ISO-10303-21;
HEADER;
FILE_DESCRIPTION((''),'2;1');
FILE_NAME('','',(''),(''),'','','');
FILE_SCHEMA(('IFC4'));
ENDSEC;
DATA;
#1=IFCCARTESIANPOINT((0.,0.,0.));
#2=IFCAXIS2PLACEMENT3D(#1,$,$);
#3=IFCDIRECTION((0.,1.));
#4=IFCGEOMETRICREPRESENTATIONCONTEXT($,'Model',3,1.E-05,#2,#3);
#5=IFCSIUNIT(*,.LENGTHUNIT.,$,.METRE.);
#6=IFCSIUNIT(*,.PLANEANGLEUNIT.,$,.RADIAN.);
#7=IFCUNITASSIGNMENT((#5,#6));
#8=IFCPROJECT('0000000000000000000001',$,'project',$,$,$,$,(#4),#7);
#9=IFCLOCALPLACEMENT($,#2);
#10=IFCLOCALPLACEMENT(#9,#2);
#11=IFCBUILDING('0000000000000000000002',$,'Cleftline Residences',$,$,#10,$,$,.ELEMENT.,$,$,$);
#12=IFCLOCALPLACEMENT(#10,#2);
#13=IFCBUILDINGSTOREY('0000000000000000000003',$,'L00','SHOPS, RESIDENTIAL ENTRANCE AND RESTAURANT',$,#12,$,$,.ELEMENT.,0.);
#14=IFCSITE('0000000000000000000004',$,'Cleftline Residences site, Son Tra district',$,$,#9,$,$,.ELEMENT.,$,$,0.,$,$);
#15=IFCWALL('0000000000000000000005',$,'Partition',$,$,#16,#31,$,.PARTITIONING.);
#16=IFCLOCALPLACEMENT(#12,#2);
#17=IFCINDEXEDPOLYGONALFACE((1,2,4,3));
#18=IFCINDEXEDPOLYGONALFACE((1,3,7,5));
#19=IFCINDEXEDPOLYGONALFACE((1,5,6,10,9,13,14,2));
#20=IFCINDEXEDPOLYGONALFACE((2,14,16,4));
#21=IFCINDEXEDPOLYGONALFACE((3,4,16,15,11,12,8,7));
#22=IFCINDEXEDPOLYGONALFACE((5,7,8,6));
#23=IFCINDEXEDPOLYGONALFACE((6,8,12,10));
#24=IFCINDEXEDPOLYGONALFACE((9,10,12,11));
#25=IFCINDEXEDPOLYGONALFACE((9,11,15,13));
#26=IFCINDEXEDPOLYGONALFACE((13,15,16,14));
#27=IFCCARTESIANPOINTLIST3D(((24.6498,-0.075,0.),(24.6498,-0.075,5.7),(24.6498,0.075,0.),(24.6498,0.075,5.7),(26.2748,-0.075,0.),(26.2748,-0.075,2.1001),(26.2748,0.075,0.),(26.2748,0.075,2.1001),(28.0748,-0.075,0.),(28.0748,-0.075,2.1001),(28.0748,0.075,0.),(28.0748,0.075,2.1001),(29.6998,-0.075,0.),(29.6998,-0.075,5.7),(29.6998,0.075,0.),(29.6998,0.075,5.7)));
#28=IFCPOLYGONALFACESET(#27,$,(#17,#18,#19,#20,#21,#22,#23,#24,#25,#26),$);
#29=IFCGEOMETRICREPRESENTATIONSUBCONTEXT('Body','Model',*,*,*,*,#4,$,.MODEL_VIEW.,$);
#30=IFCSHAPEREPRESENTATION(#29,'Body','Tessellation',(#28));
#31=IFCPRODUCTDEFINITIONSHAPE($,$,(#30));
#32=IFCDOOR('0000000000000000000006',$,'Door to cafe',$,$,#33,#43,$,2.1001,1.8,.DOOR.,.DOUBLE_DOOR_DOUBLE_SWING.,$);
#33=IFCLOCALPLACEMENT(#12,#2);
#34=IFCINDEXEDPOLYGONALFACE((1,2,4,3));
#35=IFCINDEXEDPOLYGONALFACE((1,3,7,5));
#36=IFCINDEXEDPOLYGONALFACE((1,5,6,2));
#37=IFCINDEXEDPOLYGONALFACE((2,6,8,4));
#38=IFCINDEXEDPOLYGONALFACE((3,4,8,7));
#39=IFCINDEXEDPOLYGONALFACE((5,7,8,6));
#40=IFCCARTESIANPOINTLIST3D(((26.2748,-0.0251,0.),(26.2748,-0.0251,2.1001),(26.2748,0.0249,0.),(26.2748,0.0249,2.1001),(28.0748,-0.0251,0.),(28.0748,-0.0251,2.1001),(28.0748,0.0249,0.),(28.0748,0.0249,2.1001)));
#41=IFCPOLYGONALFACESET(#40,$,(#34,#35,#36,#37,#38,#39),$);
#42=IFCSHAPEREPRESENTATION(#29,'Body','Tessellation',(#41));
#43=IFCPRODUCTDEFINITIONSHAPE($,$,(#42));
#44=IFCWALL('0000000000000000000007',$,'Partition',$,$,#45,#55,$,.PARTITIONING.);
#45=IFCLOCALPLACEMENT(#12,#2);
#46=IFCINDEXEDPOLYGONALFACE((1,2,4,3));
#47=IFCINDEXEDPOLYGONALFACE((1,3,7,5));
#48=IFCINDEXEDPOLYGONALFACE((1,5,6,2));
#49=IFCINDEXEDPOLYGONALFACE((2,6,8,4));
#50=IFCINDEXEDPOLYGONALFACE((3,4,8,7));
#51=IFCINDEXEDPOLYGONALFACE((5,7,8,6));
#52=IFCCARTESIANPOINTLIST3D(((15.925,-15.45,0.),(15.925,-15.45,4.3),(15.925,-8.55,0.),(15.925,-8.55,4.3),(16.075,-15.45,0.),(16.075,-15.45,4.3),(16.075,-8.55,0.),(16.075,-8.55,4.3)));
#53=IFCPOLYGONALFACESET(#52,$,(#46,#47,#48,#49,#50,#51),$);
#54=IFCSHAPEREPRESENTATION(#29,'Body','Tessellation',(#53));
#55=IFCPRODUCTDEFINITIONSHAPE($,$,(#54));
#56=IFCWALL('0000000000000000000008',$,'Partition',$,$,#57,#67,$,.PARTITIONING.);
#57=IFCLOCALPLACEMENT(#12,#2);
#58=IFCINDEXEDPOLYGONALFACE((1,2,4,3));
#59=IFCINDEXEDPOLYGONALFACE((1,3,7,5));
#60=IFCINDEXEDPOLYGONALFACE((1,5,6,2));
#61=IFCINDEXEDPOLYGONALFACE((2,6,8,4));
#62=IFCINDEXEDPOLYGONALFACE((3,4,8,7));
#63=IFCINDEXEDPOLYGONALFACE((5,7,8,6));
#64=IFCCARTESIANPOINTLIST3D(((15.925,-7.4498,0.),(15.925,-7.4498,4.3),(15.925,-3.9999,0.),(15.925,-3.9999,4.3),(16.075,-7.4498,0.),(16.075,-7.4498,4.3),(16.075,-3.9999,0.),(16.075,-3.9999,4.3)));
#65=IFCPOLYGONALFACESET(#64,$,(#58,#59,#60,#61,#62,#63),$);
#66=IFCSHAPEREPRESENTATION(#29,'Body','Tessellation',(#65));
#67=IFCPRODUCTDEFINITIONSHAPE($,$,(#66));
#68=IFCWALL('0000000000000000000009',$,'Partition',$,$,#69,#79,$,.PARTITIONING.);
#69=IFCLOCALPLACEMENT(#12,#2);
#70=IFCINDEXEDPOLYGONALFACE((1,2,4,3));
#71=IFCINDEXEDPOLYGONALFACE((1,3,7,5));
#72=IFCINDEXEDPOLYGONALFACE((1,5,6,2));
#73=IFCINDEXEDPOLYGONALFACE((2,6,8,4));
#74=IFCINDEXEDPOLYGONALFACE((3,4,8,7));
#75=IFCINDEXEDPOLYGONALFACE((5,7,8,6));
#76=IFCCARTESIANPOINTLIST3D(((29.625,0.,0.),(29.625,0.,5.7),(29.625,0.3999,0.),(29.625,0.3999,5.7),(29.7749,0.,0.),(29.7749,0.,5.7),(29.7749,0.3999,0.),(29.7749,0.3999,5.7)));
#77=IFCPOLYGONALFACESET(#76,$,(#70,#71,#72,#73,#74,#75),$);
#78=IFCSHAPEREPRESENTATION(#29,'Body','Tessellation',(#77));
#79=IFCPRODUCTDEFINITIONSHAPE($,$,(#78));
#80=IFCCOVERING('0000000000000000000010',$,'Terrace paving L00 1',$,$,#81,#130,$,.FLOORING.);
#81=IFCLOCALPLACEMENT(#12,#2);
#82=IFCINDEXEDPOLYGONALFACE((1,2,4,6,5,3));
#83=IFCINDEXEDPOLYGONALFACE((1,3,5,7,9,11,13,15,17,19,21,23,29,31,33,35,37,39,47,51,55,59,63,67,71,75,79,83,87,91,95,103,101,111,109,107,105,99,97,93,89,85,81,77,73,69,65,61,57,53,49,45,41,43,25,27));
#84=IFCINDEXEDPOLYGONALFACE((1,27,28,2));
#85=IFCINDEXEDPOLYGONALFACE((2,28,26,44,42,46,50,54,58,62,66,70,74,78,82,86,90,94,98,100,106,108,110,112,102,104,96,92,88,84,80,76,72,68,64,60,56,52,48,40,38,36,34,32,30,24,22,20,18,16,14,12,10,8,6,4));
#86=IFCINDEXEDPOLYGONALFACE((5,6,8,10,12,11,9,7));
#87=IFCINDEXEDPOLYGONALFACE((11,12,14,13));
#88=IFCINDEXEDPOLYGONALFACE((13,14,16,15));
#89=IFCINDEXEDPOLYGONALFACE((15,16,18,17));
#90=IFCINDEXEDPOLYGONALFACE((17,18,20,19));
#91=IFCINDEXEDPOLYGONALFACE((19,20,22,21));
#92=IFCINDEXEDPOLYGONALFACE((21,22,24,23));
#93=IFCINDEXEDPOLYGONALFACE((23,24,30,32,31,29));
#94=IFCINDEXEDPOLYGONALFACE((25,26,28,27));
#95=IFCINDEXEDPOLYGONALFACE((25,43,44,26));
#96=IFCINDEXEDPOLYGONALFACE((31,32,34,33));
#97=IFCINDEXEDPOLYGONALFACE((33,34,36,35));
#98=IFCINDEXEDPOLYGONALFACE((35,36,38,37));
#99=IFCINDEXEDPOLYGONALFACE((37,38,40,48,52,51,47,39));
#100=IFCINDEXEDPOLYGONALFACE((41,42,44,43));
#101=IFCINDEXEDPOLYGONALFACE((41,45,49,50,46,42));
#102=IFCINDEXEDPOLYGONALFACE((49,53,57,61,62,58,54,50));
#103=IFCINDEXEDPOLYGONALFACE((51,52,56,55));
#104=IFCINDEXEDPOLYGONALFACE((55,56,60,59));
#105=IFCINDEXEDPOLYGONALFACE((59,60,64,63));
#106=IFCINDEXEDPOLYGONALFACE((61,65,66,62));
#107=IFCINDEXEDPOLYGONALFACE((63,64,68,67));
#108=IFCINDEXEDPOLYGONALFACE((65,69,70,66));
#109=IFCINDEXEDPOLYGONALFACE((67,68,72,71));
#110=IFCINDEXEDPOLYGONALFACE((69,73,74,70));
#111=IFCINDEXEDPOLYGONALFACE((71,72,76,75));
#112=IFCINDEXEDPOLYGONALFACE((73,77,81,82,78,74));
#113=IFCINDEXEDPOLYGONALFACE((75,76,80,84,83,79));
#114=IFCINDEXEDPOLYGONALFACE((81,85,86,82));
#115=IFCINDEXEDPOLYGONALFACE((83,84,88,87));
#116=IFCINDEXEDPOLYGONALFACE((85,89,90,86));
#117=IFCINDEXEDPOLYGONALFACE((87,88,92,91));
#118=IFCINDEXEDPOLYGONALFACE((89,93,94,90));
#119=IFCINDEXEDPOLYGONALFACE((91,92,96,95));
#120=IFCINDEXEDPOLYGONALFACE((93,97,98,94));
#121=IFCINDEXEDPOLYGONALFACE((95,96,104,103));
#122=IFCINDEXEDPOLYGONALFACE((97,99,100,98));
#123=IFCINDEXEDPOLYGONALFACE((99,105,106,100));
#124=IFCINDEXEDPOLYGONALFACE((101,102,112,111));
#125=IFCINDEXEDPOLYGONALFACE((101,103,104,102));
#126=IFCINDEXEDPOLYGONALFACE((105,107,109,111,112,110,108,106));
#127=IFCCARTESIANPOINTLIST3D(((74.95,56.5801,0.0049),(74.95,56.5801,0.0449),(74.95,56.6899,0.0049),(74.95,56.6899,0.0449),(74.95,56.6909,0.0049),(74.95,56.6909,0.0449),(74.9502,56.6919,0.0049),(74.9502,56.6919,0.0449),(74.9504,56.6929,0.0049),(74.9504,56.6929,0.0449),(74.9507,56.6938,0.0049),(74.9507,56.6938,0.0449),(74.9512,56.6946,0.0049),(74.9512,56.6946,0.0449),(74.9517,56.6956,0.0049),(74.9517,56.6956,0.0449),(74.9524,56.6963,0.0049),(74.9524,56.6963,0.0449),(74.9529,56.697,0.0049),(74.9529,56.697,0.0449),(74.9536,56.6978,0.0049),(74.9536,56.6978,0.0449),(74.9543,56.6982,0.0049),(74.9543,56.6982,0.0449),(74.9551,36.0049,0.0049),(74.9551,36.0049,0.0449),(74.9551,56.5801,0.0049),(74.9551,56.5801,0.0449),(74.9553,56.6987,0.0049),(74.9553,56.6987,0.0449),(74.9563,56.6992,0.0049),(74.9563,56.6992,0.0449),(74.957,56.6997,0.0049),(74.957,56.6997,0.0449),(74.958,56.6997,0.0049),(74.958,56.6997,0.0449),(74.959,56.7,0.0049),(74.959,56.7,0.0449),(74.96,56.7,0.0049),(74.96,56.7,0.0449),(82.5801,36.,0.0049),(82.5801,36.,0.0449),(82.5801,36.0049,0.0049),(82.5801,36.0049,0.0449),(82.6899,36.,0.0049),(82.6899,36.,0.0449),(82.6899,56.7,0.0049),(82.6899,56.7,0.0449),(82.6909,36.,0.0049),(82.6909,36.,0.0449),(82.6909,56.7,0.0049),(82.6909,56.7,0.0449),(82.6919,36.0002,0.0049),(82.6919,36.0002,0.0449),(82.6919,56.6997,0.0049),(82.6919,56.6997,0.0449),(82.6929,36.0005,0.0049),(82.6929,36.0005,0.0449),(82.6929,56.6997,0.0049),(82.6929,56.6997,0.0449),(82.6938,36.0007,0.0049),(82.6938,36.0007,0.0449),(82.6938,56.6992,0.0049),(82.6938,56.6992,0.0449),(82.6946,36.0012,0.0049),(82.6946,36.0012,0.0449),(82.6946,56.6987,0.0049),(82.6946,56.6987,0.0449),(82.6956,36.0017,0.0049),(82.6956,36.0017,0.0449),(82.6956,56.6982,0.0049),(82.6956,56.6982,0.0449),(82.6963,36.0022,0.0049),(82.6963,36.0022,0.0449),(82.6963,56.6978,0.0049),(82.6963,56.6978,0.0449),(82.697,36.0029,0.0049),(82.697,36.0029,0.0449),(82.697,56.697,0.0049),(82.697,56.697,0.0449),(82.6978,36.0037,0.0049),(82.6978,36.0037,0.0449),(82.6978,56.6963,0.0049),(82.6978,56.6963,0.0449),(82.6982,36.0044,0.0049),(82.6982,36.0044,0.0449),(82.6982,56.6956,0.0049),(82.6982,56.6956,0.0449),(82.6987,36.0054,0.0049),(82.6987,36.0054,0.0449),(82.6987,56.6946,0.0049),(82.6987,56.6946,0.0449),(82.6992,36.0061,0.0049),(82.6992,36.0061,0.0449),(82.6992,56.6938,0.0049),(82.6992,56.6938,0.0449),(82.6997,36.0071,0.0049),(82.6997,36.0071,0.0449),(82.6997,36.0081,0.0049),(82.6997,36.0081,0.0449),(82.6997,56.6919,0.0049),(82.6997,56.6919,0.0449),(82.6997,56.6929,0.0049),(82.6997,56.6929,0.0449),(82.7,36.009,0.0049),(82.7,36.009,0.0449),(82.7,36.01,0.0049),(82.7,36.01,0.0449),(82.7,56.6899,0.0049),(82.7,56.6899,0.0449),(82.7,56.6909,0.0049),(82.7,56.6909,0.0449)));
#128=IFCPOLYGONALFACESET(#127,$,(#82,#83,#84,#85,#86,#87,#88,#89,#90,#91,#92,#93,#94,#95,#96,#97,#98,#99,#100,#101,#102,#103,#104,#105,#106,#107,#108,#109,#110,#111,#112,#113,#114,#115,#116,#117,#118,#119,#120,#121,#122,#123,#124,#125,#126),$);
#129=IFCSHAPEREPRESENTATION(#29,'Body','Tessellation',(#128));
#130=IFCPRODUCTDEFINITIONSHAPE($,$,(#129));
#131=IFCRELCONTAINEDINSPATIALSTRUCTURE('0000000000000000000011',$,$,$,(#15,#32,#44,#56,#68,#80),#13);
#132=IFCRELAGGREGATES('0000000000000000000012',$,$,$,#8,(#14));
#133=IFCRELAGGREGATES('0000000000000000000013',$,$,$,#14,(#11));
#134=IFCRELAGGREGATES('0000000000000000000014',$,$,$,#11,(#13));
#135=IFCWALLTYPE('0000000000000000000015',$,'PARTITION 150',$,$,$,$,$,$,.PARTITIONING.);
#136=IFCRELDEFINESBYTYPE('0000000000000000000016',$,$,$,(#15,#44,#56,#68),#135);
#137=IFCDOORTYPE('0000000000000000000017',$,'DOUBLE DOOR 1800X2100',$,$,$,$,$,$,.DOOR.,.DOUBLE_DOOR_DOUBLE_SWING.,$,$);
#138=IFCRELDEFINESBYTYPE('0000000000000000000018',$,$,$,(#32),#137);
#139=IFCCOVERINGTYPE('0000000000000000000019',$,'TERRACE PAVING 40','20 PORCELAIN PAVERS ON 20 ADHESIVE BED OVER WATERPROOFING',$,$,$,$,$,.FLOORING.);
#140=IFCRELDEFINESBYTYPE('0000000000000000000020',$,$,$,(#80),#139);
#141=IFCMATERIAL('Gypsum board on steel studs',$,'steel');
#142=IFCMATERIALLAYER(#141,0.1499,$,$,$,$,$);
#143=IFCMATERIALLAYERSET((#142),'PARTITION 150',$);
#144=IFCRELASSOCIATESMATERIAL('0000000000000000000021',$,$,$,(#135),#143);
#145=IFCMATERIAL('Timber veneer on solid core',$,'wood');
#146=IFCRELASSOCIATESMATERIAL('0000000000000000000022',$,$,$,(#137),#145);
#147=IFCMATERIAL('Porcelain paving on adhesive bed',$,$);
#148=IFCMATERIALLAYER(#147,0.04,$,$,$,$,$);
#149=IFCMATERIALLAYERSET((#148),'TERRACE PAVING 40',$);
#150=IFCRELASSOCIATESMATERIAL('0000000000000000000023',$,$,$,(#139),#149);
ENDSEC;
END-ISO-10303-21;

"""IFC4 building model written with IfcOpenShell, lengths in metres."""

from ifc_helpers import new_model, si_unit, direction, frame, frame_2d, origin, place, context, subcontext, project, spatial, polyline, rectangle, outline, extrude, material, layer, layer_set, type_object, element, fill, save


model = new_model("IFC4")

# Units and contexts
model_context = context("Model", 3, precision=1e-05, world=origin(), true_north=direction((0.0, 1.0)))
body_context = subcontext(model_context, "Body", "Model", "MODEL_VIEW")
ifc_project = project(units=[si_unit("LENGTHUNIT", "METRE"), si_unit("PLANEANGLEUNIT", "RADIAN")], contexts=[model_context])

# Site, building, storey
site_placement = place(None, origin())
site = spatial("IfcSite", under=ifc_project, at=site_placement, Name="Cleftline Residences site, Son Tra district", CompositionType="ELEMENT", RefElevation=0.0)
building_placement = place(site_placement, origin())
building = spatial("IfcBuilding", under=site, at=building_placement, Name="Cleftline Residences", CompositionType="ELEMENT")
storey_placement = place(building_placement, origin())
storey = spatial("IfcBuildingStorey", under=building, at=storey_placement, Name="L00", Description="SHOPS, RESIDENTIAL ENTRANCE AND RESTAURANT", CompositionType="ELEMENT", Elevation=0.0)

# Shared definitions
ifc_material_1 = material(Name="Gypsum board on steel studs", Category="steel")
ifc_layer_1 = layer(ifc_material_1, 0.1499)
ifc_layer_set_1 = layer_set([ifc_layer_1], Name="PARTITION 150")
wall_type_1 = type_object("IfcWallType", Name="PARTITION 150", PredefinedType="PARTITIONING", material=ifc_layer_set_1)

# Wall, opening, door
wall_1_placement = place(storey_placement, frame((24.6499, 0.0, 0.0), z_axis=(0.0, 0.0, 1.0), x_axis=(1.0, 0.0, 0.0)))
wall_1 = element("IfcWall", 1, at=wall_1_placement, inside=storey, type_object=wall_type_1, Name="Partition", PredefinedType="PARTITIONING", context=body_context, shape_type="SweptSolid", body=[
    extrude(rectangle(XDim=5.05, YDim=0.1499, at=frame_2d((2.5249, 0.0))), origin(), (0.0, 0.0, 1.0), 5.7),
])
opening_1_placement = place(wall_1_placement, frame((1.625, 0.0, 0.0)))
opening_1 = element("IfcOpeningElement", 2, at=opening_1_placement, cuts=wall_1, PredefinedType="OPENING", context=body_context, shape_type="SweptSolid", body=[
    extrude(rectangle(XDim=1.8, YDim=2.1001, at=frame_2d((0.8999, 1.05))), frame((0.0, 0.085, 0.0), z_axis=(0.0, -1.0, 0.0), x_axis=(1.0, 0.0, 0.0)), (0.0, 0.0, 1.0), 0.1699),
])
ifc_material_2 = material(Name="Timber veneer on solid core", Category="wood")
door_type_1 = type_object("IfcDoorType", Name="DOUBLE DOOR 1800X2100", OperationType="DOUBLE_DOOR_DOUBLE_SWING", PredefinedType="DOOR", material=ifc_material_2)
door_1_placement = place(opening_1_placement, origin())
door_1 = element("IfcDoor", 3, at=door_1_placement, inside=storey, type_object=door_type_1, Name="Door to cafe", OperationType="DOUBLE_DOOR_DOUBLE_SWING", OverallHeight=2.1001, OverallWidth=1.8, PredefinedType="DOOR", context=body_context, shape_type="SweptSolid", body=[
    extrude(rectangle(XDim=1.8, YDim=2.1001, at=frame_2d((0.8999, 1.05))), frame((0.0, 0.0249, 0.0), z_axis=(0.0, -1.0, 0.0), x_axis=(1.0, 0.0, 0.0)), (0.0, 0.0, 1.0), 0.05),
])
fill(opening_1, door_1)

# Walls
wall_2_placement = place(storey_placement, frame((16.0, -15.45, 0.0), z_axis=(0.0, 0.0, 1.0), x_axis=(0.0, 1.0, 0.0)))
element("IfcWall", 4, at=wall_2_placement, inside=storey, type_object=wall_type_1, Name="Partition", PredefinedType="PARTITIONING", context=body_context, shape_type="SweptSolid", body=[
    extrude(rectangle(XDim=6.8999, YDim=0.1499, at=frame_2d((3.45, 0.0))), origin(), (0.0, 0.0, 1.0), 4.3),
])
wall_3_placement = place(storey_placement, frame((16.0, -7.45, 0.0), z_axis=(0.0, 0.0, 1.0), x_axis=(0.0, 1.0, 0.0)))
element("IfcWall", 5, at=wall_3_placement, inside=storey, type_object=wall_type_1, Name="Partition", PredefinedType="PARTITIONING", context=body_context, shape_type="SweptSolid", body=[
    extrude(rectangle(XDim=3.45, YDim=0.1499, at=frame_2d((1.7251, 0.0))), origin(), (0.0, 0.0, 1.0), 4.3),
])
wall_4_placement = place(storey_placement, frame((29.7, 0.0, 0.0), z_axis=(0.0, 0.0, 1.0), x_axis=(0.0, 1.0, 0.0)))
element("IfcWall", 6, at=wall_4_placement, inside=storey, type_object=wall_type_1, Name="Partition", PredefinedType="PARTITIONING", context=body_context, shape_type="SweptSolid", body=[
    extrude(rectangle(XDim=0.3999, YDim=0.1499, at=frame_2d((0.2, 0.0))), origin(), (0.0, 0.0, 1.0), 5.7),
])

# Covering
ifc_material_3 = material(Name="Porcelain paving on adhesive bed")
ifc_layer_2 = layer(ifc_material_3, 0.04)
ifc_layer_set_2 = layer_set([ifc_layer_2], Name="TERRACE PAVING 40")
covering_type = type_object("IfcCoveringType", Name="TERRACE PAVING 40", Description="20 PORCELAIN PAVERS ON 20 ADHESIVE BED OVER WATERPROOFING", PredefinedType="FLOORING", material=ifc_layer_set_2)
covering_placement = place(storey_placement, frame((0.0, 0.0, 0.0049)))
element("IfcCovering", 7, at=covering_placement, inside=storey, type_object=covering_type, Name="Terrace paving L00 1", PredefinedType="FLOORING", context=body_context, shape_type="SweptSolid", body=[
    extrude(outline(polyline([(74.96, 56.7), (74.959, 56.7), (74.958, 56.6997), (74.957, 56.6997), (74.9563, 56.6992), (74.9553, 56.6987), (74.9543, 56.6982), (74.9536, 56.6978), (74.9529, 56.697), (74.9524, 56.6963), (74.9517, 56.6956), (74.9512, 56.6946), (74.9507, 56.6938), (74.9504, 56.6929), (74.9502, 56.6919), (74.95, 56.6909), (74.95, 56.6899), (74.95, 56.5801), (74.9551, 56.5801), (74.9551, 36.0049), (82.5801, 36.0049), (82.5801, 36.0), (82.6899, 36.0), (82.6909, 36.0), (82.6919, 36.0002), (82.6929, 36.0005), (82.6938, 36.0007), (82.6946, 36.0012), (82.6956, 36.0017), (82.6963, 36.0022), (82.697, 36.0029), (82.6978, 36.0037), (82.6982, 36.0044), (82.6987, 36.0054), (82.6992, 36.0061), (82.6997, 36.0071), (82.6997, 36.0081), (82.7, 36.009), (82.7, 36.01), (82.7, 56.6899), (82.7, 56.6909), (82.6997, 56.6919), (82.6997, 56.6929), (82.6992, 56.6938), (82.6987, 56.6946), (82.6982, 56.6956), (82.6978, 56.6963), (82.697, 56.697), (82.6963, 56.6978), (82.6956, 56.6982), (82.6946, 56.6987), (82.6938, 56.6992), (82.6929, 56.6997), (82.6919, 56.6997), (82.6909, 56.7), (82.6899, 56.7), (74.96, 56.7)])), origin(), (0.0, 0.0, 1.0), 0.04),
])

save(model, "model.ifc")
